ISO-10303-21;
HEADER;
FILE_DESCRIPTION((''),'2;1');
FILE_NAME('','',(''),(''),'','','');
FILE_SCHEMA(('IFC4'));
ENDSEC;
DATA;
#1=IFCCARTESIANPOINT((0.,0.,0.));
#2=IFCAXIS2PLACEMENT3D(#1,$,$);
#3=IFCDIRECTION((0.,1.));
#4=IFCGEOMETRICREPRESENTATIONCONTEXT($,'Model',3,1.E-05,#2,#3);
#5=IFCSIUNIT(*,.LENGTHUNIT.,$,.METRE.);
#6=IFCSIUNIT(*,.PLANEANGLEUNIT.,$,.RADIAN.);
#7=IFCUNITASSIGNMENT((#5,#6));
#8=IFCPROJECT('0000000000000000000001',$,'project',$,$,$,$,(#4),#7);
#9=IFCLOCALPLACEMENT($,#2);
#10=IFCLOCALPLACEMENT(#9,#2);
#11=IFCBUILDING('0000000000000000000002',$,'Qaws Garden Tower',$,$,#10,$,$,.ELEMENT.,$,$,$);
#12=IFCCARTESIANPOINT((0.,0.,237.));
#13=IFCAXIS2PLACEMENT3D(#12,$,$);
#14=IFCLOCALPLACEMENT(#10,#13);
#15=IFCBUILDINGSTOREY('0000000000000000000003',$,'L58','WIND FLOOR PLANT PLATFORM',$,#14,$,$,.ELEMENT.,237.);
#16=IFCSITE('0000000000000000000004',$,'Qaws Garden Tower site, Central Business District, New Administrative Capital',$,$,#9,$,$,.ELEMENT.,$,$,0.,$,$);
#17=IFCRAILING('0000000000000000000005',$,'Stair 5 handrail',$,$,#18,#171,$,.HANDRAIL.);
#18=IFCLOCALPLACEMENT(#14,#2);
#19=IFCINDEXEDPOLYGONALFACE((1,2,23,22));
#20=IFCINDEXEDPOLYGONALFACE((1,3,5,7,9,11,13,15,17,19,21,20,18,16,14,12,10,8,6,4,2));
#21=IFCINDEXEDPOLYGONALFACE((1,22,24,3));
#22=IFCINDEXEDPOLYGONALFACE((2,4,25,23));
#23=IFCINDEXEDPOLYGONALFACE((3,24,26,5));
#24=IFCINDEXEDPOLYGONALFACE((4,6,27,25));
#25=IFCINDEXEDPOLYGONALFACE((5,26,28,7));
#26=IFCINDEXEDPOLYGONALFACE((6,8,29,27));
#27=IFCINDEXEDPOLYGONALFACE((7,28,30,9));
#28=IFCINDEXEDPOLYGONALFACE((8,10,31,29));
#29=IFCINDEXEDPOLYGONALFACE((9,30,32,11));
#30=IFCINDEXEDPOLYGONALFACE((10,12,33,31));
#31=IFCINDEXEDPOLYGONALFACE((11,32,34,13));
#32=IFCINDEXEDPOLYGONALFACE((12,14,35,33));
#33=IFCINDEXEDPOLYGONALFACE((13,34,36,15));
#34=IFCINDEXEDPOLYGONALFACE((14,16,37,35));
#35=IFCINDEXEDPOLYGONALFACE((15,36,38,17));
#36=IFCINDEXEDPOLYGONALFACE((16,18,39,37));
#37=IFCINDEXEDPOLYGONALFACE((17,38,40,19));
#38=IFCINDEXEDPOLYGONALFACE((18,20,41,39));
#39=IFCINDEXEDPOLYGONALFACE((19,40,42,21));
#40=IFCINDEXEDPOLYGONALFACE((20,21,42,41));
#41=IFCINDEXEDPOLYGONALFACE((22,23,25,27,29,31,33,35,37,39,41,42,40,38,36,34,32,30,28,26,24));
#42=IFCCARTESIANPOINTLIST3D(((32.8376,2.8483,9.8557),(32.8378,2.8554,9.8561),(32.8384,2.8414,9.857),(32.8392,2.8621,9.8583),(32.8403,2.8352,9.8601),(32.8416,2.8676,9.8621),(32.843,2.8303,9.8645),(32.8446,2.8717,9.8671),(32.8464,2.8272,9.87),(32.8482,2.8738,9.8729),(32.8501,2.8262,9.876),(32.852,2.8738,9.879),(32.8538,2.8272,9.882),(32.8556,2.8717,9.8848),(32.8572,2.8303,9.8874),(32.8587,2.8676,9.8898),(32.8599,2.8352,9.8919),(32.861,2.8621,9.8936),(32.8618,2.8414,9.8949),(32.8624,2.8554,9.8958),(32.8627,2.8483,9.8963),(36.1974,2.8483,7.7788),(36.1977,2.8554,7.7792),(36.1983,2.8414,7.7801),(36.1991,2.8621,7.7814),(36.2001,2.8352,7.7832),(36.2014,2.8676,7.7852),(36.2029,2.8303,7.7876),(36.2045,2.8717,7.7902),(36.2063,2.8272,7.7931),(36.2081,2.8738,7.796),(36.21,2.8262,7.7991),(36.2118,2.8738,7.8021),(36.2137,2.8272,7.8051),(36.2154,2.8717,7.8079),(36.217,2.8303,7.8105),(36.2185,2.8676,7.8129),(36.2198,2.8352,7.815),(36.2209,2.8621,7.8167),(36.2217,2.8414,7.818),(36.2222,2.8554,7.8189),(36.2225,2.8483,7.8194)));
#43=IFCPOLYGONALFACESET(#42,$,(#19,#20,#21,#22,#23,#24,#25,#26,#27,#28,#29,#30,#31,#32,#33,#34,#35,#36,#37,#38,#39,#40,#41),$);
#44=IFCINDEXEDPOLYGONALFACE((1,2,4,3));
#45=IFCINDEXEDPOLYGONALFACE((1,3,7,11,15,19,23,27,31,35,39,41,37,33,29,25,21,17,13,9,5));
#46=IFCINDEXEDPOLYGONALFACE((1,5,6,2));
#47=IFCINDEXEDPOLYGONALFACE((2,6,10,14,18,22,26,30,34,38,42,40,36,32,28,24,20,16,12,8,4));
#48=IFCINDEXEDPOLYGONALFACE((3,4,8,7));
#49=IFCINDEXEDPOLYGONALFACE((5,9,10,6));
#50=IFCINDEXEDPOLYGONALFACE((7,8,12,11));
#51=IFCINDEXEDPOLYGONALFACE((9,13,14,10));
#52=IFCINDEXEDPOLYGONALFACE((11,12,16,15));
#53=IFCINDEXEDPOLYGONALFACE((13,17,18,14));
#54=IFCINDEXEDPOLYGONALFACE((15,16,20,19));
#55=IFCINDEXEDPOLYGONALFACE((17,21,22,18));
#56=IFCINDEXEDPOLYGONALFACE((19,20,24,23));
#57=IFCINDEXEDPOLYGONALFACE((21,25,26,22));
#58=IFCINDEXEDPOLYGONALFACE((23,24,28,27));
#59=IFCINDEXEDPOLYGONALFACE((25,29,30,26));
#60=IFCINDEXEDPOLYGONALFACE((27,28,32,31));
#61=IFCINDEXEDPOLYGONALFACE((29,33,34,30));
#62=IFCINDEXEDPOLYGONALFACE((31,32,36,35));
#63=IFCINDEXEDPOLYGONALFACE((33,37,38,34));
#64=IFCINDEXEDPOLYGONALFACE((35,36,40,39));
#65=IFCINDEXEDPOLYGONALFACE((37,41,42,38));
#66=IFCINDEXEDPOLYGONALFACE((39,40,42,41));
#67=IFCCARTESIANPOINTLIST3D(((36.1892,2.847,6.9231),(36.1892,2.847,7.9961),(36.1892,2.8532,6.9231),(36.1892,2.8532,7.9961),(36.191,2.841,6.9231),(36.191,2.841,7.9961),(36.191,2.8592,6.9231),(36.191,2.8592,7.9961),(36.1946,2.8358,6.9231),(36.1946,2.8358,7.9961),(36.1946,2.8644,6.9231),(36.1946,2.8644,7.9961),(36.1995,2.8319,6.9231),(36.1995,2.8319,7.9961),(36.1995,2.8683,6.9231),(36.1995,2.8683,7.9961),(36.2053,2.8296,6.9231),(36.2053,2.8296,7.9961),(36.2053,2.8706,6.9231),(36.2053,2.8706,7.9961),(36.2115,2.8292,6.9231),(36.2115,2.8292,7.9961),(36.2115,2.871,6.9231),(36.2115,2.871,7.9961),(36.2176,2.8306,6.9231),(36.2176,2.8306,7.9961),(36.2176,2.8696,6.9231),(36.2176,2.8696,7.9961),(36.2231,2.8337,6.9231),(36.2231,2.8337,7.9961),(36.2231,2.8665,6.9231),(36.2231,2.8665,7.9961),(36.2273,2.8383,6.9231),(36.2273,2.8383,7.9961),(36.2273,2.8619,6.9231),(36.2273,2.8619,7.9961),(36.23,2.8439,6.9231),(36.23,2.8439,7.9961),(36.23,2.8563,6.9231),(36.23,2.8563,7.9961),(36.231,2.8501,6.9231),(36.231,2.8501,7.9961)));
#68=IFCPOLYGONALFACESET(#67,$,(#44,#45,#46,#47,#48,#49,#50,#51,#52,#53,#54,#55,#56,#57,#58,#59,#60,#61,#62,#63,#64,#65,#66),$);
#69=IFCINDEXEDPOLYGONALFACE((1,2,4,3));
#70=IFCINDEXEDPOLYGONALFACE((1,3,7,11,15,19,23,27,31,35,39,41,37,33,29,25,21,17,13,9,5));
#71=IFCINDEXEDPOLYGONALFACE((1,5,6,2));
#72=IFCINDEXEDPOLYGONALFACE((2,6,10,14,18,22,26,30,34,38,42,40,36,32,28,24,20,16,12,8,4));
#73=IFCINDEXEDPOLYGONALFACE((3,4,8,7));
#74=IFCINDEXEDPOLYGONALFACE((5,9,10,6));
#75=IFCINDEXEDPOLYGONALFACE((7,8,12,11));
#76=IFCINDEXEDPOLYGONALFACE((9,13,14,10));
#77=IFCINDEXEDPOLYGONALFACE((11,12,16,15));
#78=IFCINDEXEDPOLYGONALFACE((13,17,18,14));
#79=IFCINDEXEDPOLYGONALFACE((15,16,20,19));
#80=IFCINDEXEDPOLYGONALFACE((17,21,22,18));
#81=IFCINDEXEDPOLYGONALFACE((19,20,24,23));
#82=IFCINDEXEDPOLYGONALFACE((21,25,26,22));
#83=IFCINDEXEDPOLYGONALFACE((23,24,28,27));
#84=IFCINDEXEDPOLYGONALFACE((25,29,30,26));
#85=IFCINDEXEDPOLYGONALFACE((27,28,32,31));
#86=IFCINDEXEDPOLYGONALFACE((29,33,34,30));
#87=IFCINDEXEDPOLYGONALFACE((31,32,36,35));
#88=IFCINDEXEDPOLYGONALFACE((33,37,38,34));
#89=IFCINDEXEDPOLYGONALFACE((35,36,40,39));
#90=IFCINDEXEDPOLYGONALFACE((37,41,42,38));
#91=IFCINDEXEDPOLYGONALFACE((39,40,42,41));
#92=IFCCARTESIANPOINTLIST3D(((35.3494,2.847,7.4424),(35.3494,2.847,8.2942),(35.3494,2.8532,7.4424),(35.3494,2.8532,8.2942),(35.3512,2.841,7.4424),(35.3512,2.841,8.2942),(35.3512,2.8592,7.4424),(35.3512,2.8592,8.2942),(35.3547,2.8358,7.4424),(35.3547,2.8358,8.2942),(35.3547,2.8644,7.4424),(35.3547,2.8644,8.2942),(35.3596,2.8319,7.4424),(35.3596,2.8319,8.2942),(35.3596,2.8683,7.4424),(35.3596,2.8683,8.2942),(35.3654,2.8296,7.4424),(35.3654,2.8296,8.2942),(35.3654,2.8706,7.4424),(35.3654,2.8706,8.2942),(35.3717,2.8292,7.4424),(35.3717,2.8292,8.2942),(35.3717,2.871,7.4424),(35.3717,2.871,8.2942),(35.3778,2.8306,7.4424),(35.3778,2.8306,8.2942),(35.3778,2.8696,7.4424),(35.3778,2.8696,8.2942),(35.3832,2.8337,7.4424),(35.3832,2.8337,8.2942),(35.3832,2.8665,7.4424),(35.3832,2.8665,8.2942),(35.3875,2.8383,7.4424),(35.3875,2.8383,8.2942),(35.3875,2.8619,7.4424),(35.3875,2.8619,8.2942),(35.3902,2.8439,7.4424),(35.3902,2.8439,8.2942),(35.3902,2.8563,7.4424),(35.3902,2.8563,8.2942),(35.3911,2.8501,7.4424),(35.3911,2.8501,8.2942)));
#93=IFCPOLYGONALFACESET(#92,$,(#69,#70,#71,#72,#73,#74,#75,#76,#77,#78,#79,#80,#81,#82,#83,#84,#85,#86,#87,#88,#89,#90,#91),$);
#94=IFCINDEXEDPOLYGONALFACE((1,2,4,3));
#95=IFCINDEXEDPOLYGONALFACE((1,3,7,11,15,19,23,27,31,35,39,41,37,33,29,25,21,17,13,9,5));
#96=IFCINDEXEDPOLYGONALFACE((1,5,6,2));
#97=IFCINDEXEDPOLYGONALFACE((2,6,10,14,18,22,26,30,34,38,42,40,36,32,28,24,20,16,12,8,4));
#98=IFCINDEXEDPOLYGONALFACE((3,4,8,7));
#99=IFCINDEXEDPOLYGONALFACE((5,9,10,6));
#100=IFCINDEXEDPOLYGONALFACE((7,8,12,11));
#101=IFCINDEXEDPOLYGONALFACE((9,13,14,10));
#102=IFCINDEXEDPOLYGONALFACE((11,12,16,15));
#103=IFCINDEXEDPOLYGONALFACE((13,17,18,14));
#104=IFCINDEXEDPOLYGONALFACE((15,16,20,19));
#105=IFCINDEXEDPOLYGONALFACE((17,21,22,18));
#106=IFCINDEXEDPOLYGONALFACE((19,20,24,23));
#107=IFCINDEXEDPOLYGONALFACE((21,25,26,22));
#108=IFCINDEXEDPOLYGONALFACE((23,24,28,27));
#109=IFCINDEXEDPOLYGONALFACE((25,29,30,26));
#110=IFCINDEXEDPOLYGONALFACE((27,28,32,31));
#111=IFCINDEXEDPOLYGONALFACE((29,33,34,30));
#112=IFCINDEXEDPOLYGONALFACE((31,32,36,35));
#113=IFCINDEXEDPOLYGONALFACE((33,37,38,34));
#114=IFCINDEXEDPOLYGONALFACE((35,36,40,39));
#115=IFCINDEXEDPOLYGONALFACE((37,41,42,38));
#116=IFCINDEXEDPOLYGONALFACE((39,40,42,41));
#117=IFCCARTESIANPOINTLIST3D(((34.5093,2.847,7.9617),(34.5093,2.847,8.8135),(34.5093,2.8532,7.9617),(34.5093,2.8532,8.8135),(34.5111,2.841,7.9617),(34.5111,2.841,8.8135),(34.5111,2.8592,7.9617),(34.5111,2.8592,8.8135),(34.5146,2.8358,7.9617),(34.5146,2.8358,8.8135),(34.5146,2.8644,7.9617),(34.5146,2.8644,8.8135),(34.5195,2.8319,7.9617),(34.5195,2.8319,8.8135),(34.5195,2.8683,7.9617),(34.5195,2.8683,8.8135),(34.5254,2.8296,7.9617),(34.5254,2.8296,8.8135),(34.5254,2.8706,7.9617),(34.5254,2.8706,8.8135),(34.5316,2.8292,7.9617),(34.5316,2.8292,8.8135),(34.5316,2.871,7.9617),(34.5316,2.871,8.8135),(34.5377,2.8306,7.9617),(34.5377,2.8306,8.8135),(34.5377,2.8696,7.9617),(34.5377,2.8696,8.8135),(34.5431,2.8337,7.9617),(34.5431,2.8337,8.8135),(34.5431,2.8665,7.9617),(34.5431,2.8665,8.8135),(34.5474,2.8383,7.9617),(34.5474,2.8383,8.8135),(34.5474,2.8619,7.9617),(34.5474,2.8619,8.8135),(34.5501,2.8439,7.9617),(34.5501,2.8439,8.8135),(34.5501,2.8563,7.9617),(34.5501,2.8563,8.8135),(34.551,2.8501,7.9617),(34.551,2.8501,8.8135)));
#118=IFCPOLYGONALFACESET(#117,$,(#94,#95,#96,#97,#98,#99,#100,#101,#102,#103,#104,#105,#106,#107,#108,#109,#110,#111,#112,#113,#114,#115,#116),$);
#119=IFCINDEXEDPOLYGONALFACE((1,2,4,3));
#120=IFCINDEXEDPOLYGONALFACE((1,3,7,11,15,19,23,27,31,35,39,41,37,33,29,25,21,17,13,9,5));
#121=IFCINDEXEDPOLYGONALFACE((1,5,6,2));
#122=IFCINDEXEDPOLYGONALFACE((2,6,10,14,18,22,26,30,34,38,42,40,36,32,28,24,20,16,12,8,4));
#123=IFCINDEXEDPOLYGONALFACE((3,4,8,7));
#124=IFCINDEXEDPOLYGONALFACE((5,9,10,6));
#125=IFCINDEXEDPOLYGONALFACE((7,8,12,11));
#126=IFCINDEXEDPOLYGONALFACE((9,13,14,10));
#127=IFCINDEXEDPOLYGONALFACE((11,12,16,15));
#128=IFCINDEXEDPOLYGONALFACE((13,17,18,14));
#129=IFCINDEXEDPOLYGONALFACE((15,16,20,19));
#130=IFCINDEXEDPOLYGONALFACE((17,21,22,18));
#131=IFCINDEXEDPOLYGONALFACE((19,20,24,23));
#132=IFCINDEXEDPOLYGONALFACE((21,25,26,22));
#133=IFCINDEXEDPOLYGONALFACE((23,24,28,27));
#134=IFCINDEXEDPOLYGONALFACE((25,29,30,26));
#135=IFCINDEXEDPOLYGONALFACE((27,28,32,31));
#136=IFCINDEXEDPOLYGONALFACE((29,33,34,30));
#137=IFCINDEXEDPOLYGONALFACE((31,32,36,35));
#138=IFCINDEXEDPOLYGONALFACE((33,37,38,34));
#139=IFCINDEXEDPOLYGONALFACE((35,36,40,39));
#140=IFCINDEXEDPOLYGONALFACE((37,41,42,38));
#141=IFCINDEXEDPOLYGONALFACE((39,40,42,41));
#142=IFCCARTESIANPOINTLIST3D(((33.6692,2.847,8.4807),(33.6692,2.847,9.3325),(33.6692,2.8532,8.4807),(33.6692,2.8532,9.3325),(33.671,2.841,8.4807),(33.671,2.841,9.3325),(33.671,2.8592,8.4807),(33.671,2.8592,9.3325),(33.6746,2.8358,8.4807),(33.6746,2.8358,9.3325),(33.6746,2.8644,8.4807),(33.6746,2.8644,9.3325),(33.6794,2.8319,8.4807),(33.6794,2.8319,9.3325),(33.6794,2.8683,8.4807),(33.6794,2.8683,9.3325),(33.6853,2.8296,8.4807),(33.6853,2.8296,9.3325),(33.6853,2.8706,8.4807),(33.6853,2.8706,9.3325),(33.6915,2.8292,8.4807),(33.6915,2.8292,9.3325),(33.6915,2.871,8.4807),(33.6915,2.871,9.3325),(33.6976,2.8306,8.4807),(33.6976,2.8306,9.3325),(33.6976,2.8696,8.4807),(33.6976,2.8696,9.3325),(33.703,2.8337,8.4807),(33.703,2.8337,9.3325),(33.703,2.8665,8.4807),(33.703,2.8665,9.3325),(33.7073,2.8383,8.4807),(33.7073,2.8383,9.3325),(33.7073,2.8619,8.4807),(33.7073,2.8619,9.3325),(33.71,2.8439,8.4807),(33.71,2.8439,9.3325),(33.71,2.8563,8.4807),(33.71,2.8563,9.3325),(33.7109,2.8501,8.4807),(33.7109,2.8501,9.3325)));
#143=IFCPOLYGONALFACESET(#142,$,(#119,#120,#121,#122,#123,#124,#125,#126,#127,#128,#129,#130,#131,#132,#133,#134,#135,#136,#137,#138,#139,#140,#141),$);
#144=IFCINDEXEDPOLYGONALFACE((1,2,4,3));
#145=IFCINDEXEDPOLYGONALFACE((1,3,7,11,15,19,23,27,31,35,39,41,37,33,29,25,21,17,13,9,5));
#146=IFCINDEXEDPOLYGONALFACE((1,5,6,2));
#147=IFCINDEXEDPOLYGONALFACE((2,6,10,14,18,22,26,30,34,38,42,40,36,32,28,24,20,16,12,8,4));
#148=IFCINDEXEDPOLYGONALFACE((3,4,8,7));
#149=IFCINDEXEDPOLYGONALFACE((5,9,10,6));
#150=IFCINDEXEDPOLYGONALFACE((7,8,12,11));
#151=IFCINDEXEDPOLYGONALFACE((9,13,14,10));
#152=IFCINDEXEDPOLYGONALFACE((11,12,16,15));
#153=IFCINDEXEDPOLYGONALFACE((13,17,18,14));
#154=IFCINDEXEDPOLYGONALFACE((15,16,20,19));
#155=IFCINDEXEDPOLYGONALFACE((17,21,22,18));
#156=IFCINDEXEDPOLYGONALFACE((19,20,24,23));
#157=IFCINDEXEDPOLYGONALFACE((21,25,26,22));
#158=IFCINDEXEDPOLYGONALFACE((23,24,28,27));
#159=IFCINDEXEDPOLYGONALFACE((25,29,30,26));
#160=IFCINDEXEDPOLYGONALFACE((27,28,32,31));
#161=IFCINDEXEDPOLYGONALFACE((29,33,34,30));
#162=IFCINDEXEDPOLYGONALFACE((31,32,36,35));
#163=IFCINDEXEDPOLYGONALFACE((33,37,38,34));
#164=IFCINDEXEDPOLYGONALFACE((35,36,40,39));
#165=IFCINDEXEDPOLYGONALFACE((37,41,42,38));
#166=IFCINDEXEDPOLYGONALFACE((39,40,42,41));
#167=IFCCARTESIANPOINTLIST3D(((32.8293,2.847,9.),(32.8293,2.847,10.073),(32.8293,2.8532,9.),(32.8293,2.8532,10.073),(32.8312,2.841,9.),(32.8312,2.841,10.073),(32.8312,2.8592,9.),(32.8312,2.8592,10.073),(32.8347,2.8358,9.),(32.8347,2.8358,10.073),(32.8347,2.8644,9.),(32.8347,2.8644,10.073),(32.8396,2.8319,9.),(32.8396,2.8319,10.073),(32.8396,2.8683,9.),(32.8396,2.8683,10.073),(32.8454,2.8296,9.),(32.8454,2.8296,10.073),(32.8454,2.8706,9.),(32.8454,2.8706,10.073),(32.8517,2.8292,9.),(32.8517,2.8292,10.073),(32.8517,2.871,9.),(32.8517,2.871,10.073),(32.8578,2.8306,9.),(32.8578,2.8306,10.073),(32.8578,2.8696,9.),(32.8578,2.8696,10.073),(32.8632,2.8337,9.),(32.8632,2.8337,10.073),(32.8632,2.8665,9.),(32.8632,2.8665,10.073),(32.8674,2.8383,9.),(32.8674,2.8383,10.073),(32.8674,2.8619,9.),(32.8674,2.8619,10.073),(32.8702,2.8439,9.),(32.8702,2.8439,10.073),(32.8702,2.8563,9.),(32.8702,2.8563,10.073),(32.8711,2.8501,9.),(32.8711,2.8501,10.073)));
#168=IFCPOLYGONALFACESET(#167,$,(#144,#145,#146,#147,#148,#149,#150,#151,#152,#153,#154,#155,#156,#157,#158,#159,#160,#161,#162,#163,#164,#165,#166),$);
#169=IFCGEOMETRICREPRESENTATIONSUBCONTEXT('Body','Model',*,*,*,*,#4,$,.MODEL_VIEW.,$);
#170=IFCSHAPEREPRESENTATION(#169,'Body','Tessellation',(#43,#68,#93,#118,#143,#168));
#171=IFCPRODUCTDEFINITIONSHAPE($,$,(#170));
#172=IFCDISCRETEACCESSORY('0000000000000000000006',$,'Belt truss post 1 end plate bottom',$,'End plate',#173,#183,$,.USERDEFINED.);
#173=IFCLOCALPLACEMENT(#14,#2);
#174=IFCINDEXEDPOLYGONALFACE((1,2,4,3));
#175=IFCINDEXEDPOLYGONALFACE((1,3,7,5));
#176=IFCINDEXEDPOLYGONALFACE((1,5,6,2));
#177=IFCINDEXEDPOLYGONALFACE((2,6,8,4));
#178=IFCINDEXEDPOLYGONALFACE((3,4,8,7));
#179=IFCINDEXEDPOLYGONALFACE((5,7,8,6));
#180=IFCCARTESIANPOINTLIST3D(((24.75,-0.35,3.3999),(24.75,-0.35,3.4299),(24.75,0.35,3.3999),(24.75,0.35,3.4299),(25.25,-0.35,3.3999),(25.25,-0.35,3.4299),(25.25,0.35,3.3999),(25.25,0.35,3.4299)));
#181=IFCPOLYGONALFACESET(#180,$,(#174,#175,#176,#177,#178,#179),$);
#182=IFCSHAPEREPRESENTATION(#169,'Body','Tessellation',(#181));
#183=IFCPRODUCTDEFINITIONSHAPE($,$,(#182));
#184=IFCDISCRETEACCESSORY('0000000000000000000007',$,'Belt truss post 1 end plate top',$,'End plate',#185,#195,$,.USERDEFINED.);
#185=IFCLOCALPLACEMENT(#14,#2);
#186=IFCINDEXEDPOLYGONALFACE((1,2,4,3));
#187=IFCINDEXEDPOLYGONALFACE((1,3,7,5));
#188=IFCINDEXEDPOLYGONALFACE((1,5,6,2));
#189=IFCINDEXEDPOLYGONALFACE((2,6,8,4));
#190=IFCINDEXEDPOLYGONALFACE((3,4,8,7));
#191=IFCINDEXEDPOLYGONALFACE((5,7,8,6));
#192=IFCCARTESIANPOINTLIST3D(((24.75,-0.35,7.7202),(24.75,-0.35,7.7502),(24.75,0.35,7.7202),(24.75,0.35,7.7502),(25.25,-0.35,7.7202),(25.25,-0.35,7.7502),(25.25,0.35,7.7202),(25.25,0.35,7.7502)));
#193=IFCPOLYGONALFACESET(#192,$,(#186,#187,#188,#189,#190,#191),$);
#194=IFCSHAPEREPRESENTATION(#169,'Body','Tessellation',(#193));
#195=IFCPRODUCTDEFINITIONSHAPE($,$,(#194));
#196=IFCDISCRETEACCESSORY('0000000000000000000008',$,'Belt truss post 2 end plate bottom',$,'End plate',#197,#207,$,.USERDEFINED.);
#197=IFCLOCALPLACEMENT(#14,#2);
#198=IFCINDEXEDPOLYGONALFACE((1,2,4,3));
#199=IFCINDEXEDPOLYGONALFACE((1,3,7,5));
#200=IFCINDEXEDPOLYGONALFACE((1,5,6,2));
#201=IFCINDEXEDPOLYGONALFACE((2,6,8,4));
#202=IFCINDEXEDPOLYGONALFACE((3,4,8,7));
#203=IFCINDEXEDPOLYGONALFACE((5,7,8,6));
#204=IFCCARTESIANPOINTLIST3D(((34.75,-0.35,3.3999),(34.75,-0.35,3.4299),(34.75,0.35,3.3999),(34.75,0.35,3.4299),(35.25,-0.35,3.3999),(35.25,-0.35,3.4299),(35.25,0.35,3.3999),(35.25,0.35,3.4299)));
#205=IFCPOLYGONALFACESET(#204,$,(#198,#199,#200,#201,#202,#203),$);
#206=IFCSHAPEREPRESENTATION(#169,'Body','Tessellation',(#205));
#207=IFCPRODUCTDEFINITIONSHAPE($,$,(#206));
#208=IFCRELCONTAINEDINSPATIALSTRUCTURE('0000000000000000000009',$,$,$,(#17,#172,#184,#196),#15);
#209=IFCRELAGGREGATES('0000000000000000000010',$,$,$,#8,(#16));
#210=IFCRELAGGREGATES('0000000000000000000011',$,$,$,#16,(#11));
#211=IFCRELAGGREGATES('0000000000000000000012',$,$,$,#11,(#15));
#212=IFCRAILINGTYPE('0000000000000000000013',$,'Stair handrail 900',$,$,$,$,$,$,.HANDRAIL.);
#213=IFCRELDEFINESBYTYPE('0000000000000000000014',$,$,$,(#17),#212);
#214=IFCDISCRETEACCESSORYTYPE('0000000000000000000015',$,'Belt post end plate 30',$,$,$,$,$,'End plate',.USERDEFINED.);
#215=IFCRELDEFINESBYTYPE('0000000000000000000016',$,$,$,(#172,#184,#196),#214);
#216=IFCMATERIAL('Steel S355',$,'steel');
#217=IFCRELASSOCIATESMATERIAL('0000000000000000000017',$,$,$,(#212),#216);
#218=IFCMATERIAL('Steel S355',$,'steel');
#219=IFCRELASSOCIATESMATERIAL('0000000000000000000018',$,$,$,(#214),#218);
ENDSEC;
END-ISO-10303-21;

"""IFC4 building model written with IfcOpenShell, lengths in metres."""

from ifc_helpers import new_model, si_unit, direction, frame, origin, origin_2d, place, context, subcontext, project, spatial, rectangle, circle, extrude, material, type_object, element, save


model = new_model("IFC4")

# Units and contexts
model_context = context("Model", 3, precision=1e-05, world=origin(), true_north=direction((0.0, 1.0)))
body_context = subcontext(model_context, "Body", "Model", "MODEL_VIEW")
ifc_project = project(units=[si_unit("LENGTHUNIT", "METRE"), si_unit("PLANEANGLEUNIT", "RADIAN")], contexts=[model_context])

# Site, building, storey
site_placement = place(None, origin())
site = spatial("IfcSite", under=ifc_project, at=site_placement, Name="Qaws Garden Tower site, Central Business District, New Administrative Capital", CompositionType="ELEMENT", RefElevation=0.0)
building_placement = place(site_placement, origin())
building = spatial("IfcBuilding", under=site, at=building_placement, Name="Qaws Garden Tower", CompositionType="ELEMENT")
storey_placement = place(building_placement, frame((0.0, 0.0, 237.0)))
storey = spatial("IfcBuildingStorey", under=building, at=storey_placement, Name="L58", Description="WIND FLOOR PLANT PLATFORM", CompositionType="ELEMENT", Elevation=237.0)

# Shared definitions
placement_1 = place(storey_placement, frame((25.0, 0.0, 3.3999), z_axis=(0.0, 0.0, 1.0), x_axis=(1.0, 0.0, 0.0)))
placement_2 = place(storey_placement, frame((35.0, 0.0, 3.3999), z_axis=(0.0, 0.0, 1.0), x_axis=(1.0, 0.0, 0.0)))

# Railing
ifc_material_1 = material(Name="Steel S355", Category="steel")
railing_type_1 = type_object("IfcRailingType", Name="Stair handrail 900", PredefinedType="HANDRAIL", material=ifc_material_1)
railing_1_placement = place(storey_placement, frame((36.21, 2.8501, 6.9231)))
element("IfcRailing", 1, at=railing_1_placement, inside=storey, type_object=railing_type_1, Name="Stair 5 handrail", PredefinedType="HANDRAIL", context=body_context, shape_type="SweptSolid", body=[
    extrude(circle(Radius=0.0239, at=origin_2d()), frame((0.0, 0.0, 0.876), z_axis=(-0.850606, 0.0, 0.525803), x_axis=(0.0, -1.0, 0.0)), (0.0, 0.0, 1.0), 3.95),
    extrude(circle(Radius=0.021, at=origin_2d()), origin(), (0.0, 0.0, 1.0), 1.073),
    extrude(circle(Radius=0.021, at=origin_2d()), frame((-0.8398, 0.0, 0.5193)), (0.0, 0.0, 1.0), 0.8518),
    extrude(circle(Radius=0.021, at=origin_2d()), frame((-1.6799, 0.0, 1.0386)), (0.0, 0.0, 1.0), 0.8518),
    extrude(circle(Radius=0.021, at=origin_2d()), frame((-2.52, 0.0, 1.5576)), (0.0, 0.0, 1.0), 0.8518),
    extrude(circle(Radius=0.021, at=origin_2d()), frame((-3.3599, 0.0, 2.0769)), (0.0, 0.0, 1.0), 1.073),
])

# Discrete accessories
ifc_material_2 = material(Name="Steel S355", Category="steel")
discrete_accessory_type = type_object("IfcDiscreteAccessoryType", Name="Belt post end plate 30", ElementType="End plate", PredefinedType="USERDEFINED", material=ifc_material_2)
element("IfcDiscreteAccessory", 2, at=placement_1, inside=storey, type_object=discrete_accessory_type, Name="Belt truss post 1 end plate bottom", ObjectType="End plate", PredefinedType="USERDEFINED", context=body_context, shape_type="SweptSolid", body=[
    extrude(rectangle(XDim=0.5, YDim=0.7, at=origin_2d()), origin(), (0.0, 0.0, 1.0), 0.03),
])
discrete_accessory_1_placement = place(storey_placement, frame((25.0, 0.0, 7.7202), z_axis=(0.0, 0.0, 1.0), x_axis=(1.0, 0.0, 0.0)))
element("IfcDiscreteAccessory", 3, at=discrete_accessory_1_placement, inside=storey, type_object=discrete_accessory_type, Name="Belt truss post 1 end plate top", ObjectType="End plate", PredefinedType="USERDEFINED", context=body_context, shape_type="SweptSolid", body=[
    extrude(rectangle(XDim=0.5, YDim=0.7, at=origin_2d()), origin(), (0.0, 0.0, 1.0), 0.03),
])
element("IfcDiscreteAccessory", 4, at=placement_2, inside=storey, type_object=discrete_accessory_type, Name="Belt truss post 2 end plate bottom", ObjectType="End plate", PredefinedType="USERDEFINED", context=body_context, shape_type="SweptSolid", body=[
    extrude(rectangle(XDim=0.5, YDim=0.7, at=origin_2d()), origin(), (0.0, 0.0, 1.0), 0.03),
])

save(model, "model.ifc")
